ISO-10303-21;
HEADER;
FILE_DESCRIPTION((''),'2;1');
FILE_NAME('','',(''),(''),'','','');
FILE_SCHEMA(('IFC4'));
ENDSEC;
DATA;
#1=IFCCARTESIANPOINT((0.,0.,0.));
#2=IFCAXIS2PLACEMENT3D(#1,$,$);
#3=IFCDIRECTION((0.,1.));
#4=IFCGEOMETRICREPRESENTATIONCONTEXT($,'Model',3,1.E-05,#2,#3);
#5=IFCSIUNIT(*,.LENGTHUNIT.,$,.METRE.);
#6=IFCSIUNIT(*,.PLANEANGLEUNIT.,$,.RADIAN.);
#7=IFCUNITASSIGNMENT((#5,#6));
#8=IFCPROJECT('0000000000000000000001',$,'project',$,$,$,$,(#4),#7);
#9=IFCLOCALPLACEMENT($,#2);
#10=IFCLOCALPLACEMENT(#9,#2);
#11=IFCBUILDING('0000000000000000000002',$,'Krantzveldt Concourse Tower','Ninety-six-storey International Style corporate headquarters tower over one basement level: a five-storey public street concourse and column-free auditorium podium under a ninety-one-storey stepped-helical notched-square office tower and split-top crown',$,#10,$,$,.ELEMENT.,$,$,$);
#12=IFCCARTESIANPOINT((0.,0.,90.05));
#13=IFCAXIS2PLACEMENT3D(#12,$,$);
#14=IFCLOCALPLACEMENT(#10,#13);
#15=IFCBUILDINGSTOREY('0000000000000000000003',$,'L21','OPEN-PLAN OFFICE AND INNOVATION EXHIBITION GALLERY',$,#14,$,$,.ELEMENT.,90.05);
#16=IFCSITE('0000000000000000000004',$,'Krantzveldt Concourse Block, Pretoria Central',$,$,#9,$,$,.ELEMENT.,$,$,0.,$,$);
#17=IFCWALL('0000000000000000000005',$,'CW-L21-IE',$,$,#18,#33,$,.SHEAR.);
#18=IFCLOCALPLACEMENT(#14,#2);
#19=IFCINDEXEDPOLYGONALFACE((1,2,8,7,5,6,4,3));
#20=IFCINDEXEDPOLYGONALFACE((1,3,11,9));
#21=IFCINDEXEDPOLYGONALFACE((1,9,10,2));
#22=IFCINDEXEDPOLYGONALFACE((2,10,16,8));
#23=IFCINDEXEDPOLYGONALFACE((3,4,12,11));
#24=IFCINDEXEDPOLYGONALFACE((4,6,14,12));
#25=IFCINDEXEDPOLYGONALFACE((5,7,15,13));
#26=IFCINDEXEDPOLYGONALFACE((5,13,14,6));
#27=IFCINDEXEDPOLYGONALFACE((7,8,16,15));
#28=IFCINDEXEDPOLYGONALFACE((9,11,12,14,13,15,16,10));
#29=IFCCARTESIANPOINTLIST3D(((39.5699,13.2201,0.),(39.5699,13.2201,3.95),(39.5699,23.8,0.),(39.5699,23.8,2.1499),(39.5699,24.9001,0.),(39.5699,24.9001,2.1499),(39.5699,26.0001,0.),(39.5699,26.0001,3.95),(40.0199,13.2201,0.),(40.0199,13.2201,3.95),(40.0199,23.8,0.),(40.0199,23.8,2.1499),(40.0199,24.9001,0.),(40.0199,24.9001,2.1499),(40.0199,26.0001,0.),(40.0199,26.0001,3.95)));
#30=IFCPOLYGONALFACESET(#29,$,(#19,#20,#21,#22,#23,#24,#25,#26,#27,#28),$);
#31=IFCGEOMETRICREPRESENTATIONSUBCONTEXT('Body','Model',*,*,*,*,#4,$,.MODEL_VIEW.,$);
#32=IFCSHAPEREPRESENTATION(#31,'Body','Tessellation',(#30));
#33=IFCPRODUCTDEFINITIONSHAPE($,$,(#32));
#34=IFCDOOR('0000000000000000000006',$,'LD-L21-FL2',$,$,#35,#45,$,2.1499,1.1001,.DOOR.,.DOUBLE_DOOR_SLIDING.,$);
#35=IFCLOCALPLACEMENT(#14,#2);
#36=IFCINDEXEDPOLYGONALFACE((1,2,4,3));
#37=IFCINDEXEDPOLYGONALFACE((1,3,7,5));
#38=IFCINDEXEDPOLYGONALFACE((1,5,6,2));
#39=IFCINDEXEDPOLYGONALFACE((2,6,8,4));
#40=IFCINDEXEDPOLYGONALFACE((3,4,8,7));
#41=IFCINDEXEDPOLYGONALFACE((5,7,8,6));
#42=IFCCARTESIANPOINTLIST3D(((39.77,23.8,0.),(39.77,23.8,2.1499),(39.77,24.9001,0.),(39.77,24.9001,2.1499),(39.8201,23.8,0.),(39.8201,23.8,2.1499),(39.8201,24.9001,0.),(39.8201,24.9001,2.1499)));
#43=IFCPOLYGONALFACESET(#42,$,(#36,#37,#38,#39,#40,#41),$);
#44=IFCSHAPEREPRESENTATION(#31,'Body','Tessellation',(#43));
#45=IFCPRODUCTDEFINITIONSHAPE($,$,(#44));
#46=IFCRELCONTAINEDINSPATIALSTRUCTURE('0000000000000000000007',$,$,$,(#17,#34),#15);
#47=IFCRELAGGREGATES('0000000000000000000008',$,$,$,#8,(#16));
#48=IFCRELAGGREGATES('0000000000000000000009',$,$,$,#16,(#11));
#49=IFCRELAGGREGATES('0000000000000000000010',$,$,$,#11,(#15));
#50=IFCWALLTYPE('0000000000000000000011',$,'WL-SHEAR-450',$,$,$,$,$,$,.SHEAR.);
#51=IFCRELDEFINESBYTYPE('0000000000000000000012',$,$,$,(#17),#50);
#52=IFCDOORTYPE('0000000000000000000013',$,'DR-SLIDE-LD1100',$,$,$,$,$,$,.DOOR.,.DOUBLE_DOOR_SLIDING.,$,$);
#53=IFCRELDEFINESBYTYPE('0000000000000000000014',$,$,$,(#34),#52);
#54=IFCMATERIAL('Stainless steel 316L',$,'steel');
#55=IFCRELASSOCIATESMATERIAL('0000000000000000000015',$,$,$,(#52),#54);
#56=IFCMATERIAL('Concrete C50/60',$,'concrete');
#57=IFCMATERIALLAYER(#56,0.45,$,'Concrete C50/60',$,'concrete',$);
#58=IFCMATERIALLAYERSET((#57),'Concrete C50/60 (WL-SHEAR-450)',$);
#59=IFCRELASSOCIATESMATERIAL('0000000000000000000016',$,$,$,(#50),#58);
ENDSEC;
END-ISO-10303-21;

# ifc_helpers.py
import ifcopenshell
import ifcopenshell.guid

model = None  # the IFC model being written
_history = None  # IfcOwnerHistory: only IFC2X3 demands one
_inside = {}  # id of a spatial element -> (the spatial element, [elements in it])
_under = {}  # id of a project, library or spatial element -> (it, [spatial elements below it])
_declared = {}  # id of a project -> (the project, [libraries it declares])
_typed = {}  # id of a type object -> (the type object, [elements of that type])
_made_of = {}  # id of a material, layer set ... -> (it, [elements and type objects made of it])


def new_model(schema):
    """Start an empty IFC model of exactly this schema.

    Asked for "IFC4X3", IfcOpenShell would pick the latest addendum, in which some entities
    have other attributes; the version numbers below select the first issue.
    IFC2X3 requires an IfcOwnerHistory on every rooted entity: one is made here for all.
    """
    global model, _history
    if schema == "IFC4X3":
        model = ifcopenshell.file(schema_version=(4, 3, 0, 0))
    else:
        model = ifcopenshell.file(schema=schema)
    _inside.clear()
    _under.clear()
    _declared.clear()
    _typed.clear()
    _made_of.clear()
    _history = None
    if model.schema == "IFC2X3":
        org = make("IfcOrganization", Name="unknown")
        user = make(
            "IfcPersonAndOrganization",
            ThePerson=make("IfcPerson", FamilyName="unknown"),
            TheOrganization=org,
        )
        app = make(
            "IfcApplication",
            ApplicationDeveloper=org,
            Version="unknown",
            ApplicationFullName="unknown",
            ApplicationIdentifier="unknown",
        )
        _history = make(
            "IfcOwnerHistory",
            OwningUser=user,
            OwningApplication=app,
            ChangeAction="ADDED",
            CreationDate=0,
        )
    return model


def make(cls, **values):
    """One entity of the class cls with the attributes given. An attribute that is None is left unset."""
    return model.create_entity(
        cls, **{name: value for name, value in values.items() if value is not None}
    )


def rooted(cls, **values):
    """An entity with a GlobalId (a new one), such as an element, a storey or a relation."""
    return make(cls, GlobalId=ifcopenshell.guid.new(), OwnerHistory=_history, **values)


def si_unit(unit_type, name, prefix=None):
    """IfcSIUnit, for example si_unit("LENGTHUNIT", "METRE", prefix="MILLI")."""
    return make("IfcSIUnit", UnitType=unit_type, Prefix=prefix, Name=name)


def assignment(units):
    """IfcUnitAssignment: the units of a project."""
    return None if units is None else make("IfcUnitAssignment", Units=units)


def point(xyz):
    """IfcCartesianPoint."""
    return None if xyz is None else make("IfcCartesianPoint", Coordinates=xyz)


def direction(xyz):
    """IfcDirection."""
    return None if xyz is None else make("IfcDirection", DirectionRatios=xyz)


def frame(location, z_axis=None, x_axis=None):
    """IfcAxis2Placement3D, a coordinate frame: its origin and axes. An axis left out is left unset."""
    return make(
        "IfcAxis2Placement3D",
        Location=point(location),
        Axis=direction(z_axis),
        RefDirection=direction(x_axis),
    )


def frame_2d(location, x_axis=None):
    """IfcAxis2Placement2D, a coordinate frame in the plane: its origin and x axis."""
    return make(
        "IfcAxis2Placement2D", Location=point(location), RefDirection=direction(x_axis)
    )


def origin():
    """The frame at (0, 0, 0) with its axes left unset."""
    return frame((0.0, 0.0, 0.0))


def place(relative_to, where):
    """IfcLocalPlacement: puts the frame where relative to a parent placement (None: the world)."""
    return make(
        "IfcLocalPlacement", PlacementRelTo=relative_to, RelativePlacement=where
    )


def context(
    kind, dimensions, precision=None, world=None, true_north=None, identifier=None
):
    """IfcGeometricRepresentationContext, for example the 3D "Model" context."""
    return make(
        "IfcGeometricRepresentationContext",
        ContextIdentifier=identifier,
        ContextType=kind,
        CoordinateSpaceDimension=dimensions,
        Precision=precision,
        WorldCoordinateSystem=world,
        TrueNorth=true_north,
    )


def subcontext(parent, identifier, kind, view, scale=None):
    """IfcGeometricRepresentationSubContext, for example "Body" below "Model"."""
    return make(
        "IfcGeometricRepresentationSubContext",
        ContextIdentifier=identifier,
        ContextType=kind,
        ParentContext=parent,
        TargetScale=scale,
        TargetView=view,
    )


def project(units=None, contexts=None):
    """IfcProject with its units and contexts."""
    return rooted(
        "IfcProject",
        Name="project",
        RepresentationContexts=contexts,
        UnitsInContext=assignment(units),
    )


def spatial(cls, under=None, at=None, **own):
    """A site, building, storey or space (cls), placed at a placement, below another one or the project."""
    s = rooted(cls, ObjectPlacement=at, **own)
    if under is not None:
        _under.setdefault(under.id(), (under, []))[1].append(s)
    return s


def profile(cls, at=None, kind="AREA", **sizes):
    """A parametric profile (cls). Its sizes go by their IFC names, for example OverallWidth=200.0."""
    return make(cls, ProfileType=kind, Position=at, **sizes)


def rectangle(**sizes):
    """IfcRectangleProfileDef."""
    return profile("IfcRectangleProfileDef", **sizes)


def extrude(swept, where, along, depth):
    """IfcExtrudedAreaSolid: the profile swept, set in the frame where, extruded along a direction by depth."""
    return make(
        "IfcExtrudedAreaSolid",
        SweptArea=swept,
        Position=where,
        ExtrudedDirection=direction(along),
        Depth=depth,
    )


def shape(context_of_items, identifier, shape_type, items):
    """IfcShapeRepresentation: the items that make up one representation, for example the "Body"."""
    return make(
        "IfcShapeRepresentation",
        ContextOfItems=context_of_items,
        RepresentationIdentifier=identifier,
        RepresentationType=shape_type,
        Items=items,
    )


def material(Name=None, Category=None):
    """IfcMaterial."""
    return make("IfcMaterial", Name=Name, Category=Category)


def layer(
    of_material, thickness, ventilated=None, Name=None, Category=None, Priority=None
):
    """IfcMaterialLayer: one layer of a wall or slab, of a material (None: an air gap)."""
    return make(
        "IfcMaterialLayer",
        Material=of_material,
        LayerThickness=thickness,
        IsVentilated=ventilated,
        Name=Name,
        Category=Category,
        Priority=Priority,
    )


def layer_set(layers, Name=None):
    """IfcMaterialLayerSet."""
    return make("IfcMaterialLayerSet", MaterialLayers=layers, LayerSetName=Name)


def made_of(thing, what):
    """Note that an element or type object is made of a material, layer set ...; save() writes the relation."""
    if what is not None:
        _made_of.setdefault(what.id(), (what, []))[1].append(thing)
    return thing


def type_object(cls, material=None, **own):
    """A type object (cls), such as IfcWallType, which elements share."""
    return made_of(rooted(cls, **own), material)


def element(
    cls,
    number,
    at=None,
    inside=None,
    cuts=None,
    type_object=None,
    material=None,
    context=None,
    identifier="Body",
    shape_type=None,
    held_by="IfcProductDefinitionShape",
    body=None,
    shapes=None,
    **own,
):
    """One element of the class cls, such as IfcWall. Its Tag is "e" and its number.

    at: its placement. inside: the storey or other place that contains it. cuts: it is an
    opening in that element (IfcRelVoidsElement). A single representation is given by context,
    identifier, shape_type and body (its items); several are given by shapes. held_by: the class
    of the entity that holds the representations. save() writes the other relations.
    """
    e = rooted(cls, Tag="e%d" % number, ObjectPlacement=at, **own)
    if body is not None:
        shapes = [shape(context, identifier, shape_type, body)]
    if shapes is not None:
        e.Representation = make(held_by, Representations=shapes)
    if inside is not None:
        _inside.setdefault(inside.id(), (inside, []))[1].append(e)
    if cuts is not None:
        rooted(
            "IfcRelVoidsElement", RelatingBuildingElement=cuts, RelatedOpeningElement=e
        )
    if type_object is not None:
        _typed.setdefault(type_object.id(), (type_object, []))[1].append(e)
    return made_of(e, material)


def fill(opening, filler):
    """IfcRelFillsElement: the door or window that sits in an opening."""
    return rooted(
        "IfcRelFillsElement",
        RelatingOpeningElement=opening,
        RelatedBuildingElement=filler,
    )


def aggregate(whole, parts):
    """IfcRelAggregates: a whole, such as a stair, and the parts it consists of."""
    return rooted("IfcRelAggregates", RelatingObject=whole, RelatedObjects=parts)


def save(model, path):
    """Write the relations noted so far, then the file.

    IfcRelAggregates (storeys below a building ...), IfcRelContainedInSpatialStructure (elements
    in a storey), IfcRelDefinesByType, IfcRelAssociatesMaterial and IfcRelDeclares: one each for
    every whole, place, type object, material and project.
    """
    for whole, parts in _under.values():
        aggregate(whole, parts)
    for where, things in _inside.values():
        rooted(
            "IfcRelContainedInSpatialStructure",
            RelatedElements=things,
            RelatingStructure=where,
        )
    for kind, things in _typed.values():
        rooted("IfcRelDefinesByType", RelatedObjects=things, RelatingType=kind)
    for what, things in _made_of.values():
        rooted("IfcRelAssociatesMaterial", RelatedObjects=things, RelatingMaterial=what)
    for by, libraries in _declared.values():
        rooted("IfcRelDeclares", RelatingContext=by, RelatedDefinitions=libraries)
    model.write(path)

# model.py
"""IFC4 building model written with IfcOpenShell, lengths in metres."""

from ifc_helpers import new_model, si_unit, direction, frame, frame_2d, origin, place, context, subcontext, project, spatial, rectangle, extrude, material, layer, layer_set, type_object, element, fill, save


model = new_model("IFC4")

# Units and contexts
model_context = context("Model", 3, precision=1e-05, world=origin(), true_north=direction((0.0, 1.0)))
body_context = subcontext(model_context, "Body", "Model", "MODEL_VIEW")
ifc_project = project(units=[si_unit("LENGTHUNIT", "METRE"), si_unit("PLANEANGLEUNIT", "RADIAN")], contexts=[model_context])

# Site, building, storey
site_placement = place(None, origin())
site = spatial("IfcSite", under=ifc_project, at=site_placement, Name="Krantzveldt Concourse Block, Pretoria Central", CompositionType="ELEMENT", RefElevation=0.0)
building_placement = place(site_placement, origin())
building = spatial("IfcBuilding", under=site, at=building_placement, Name="Krantzveldt Concourse Tower", Description="Ninety-six-storey International Style corporate headquarters tower over one basement level: a five-storey public street concourse and column-free auditorium podium under a ninety-one-storey stepped-helical notched-square office tower and split-top crown", CompositionType="ELEMENT")
storey_placement = place(building_placement, frame((0.0, 0.0, 90.05)))
storey = spatial("IfcBuildingStorey", under=building, at=storey_placement, Name="L21", Description="OPEN-PLAN OFFICE AND INNOVATION EXHIBITION GALLERY", CompositionType="ELEMENT", Elevation=90.05)

# Shared definitions
ifc_material_1 = material(Name="Stainless steel 316L", Category="steel")
door_type = type_object("IfcDoorType", Name="DR-SLIDE-LD1100", OperationType="DOUBLE_DOOR_SLIDING", PredefinedType="DOOR", material=ifc_material_1)

# Shared definitions
ifc_material_2 = material(Name="Concrete C50/60", Category="concrete")

# Wall, opening, door
ifc_layer_1 = layer(ifc_material_2, 0.45, Name="Concrete C50/60", Category="concrete")
ifc_layer_set_1 = layer_set([ifc_layer_1], Name="Concrete C50/60 (WL-SHEAR-450)")
wall_type_1 = type_object("IfcWallType", Name="WL-SHEAR-450", PredefinedType="SHEAR", material=ifc_layer_set_1)
wall_1_placement = place(storey_placement, frame((39.7949, 13.22, 0.0), z_axis=(0.0, 0.0, 1.0), x_axis=(0.0, 1.0, 0.0)))
wall_1 = element("IfcWall", 1, at=wall_1_placement, inside=storey, type_object=wall_type_1, Name="CW-L21-IE", PredefinedType="SHEAR", context=body_context, shape_type="SweptSolid", body=[
    extrude(rectangle(XDim=12.78, YDim=0.45, at=frame_2d((6.3901, 0.0))), origin(), (0.0, 0.0, 1.0), 3.95),
])
opening_1_placement = place(wall_1_placement, frame((10.5801, 0.0, 0.0)))
opening_1 = element("IfcOpeningElement", 2, at=opening_1_placement, cuts=wall_1, PredefinedType="OPENING", context=body_context, shape_type="SweptSolid", body=[
    extrude(rectangle(XDim=1.1001, YDim=2.1499, at=frame_2d((0.55, 1.075))), frame((0.0, 0.2349, 0.0), z_axis=(0.0, -1.0, 0.0), x_axis=(1.0, 0.0, 0.0)), (0.0, 0.0, 1.0), 0.47),
])
door_1_placement = place(opening_1_placement, origin())
door_1 = element("IfcDoor", 3, at=door_1_placement, inside=storey, type_object=door_type, Name="LD-L21-FL2", OperationType="DOUBLE_DOOR_SLIDING", OverallHeight=2.1499, OverallWidth=1.1001, PredefinedType="DOOR", context=body_context, shape_type="SweptSolid", body=[
    extrude(rectangle(XDim=1.1001, YDim=2.1499, at=frame_2d((0.55, 1.075))), frame((0.0, 0.0249, 0.0), z_axis=(0.0, -1.0, 0.0), x_axis=(1.0, 0.0, 0.0)), (0.0, 0.0, 1.0), 0.05),
])
fill(opening_1, door_1)

save(model, "model.ifc")
